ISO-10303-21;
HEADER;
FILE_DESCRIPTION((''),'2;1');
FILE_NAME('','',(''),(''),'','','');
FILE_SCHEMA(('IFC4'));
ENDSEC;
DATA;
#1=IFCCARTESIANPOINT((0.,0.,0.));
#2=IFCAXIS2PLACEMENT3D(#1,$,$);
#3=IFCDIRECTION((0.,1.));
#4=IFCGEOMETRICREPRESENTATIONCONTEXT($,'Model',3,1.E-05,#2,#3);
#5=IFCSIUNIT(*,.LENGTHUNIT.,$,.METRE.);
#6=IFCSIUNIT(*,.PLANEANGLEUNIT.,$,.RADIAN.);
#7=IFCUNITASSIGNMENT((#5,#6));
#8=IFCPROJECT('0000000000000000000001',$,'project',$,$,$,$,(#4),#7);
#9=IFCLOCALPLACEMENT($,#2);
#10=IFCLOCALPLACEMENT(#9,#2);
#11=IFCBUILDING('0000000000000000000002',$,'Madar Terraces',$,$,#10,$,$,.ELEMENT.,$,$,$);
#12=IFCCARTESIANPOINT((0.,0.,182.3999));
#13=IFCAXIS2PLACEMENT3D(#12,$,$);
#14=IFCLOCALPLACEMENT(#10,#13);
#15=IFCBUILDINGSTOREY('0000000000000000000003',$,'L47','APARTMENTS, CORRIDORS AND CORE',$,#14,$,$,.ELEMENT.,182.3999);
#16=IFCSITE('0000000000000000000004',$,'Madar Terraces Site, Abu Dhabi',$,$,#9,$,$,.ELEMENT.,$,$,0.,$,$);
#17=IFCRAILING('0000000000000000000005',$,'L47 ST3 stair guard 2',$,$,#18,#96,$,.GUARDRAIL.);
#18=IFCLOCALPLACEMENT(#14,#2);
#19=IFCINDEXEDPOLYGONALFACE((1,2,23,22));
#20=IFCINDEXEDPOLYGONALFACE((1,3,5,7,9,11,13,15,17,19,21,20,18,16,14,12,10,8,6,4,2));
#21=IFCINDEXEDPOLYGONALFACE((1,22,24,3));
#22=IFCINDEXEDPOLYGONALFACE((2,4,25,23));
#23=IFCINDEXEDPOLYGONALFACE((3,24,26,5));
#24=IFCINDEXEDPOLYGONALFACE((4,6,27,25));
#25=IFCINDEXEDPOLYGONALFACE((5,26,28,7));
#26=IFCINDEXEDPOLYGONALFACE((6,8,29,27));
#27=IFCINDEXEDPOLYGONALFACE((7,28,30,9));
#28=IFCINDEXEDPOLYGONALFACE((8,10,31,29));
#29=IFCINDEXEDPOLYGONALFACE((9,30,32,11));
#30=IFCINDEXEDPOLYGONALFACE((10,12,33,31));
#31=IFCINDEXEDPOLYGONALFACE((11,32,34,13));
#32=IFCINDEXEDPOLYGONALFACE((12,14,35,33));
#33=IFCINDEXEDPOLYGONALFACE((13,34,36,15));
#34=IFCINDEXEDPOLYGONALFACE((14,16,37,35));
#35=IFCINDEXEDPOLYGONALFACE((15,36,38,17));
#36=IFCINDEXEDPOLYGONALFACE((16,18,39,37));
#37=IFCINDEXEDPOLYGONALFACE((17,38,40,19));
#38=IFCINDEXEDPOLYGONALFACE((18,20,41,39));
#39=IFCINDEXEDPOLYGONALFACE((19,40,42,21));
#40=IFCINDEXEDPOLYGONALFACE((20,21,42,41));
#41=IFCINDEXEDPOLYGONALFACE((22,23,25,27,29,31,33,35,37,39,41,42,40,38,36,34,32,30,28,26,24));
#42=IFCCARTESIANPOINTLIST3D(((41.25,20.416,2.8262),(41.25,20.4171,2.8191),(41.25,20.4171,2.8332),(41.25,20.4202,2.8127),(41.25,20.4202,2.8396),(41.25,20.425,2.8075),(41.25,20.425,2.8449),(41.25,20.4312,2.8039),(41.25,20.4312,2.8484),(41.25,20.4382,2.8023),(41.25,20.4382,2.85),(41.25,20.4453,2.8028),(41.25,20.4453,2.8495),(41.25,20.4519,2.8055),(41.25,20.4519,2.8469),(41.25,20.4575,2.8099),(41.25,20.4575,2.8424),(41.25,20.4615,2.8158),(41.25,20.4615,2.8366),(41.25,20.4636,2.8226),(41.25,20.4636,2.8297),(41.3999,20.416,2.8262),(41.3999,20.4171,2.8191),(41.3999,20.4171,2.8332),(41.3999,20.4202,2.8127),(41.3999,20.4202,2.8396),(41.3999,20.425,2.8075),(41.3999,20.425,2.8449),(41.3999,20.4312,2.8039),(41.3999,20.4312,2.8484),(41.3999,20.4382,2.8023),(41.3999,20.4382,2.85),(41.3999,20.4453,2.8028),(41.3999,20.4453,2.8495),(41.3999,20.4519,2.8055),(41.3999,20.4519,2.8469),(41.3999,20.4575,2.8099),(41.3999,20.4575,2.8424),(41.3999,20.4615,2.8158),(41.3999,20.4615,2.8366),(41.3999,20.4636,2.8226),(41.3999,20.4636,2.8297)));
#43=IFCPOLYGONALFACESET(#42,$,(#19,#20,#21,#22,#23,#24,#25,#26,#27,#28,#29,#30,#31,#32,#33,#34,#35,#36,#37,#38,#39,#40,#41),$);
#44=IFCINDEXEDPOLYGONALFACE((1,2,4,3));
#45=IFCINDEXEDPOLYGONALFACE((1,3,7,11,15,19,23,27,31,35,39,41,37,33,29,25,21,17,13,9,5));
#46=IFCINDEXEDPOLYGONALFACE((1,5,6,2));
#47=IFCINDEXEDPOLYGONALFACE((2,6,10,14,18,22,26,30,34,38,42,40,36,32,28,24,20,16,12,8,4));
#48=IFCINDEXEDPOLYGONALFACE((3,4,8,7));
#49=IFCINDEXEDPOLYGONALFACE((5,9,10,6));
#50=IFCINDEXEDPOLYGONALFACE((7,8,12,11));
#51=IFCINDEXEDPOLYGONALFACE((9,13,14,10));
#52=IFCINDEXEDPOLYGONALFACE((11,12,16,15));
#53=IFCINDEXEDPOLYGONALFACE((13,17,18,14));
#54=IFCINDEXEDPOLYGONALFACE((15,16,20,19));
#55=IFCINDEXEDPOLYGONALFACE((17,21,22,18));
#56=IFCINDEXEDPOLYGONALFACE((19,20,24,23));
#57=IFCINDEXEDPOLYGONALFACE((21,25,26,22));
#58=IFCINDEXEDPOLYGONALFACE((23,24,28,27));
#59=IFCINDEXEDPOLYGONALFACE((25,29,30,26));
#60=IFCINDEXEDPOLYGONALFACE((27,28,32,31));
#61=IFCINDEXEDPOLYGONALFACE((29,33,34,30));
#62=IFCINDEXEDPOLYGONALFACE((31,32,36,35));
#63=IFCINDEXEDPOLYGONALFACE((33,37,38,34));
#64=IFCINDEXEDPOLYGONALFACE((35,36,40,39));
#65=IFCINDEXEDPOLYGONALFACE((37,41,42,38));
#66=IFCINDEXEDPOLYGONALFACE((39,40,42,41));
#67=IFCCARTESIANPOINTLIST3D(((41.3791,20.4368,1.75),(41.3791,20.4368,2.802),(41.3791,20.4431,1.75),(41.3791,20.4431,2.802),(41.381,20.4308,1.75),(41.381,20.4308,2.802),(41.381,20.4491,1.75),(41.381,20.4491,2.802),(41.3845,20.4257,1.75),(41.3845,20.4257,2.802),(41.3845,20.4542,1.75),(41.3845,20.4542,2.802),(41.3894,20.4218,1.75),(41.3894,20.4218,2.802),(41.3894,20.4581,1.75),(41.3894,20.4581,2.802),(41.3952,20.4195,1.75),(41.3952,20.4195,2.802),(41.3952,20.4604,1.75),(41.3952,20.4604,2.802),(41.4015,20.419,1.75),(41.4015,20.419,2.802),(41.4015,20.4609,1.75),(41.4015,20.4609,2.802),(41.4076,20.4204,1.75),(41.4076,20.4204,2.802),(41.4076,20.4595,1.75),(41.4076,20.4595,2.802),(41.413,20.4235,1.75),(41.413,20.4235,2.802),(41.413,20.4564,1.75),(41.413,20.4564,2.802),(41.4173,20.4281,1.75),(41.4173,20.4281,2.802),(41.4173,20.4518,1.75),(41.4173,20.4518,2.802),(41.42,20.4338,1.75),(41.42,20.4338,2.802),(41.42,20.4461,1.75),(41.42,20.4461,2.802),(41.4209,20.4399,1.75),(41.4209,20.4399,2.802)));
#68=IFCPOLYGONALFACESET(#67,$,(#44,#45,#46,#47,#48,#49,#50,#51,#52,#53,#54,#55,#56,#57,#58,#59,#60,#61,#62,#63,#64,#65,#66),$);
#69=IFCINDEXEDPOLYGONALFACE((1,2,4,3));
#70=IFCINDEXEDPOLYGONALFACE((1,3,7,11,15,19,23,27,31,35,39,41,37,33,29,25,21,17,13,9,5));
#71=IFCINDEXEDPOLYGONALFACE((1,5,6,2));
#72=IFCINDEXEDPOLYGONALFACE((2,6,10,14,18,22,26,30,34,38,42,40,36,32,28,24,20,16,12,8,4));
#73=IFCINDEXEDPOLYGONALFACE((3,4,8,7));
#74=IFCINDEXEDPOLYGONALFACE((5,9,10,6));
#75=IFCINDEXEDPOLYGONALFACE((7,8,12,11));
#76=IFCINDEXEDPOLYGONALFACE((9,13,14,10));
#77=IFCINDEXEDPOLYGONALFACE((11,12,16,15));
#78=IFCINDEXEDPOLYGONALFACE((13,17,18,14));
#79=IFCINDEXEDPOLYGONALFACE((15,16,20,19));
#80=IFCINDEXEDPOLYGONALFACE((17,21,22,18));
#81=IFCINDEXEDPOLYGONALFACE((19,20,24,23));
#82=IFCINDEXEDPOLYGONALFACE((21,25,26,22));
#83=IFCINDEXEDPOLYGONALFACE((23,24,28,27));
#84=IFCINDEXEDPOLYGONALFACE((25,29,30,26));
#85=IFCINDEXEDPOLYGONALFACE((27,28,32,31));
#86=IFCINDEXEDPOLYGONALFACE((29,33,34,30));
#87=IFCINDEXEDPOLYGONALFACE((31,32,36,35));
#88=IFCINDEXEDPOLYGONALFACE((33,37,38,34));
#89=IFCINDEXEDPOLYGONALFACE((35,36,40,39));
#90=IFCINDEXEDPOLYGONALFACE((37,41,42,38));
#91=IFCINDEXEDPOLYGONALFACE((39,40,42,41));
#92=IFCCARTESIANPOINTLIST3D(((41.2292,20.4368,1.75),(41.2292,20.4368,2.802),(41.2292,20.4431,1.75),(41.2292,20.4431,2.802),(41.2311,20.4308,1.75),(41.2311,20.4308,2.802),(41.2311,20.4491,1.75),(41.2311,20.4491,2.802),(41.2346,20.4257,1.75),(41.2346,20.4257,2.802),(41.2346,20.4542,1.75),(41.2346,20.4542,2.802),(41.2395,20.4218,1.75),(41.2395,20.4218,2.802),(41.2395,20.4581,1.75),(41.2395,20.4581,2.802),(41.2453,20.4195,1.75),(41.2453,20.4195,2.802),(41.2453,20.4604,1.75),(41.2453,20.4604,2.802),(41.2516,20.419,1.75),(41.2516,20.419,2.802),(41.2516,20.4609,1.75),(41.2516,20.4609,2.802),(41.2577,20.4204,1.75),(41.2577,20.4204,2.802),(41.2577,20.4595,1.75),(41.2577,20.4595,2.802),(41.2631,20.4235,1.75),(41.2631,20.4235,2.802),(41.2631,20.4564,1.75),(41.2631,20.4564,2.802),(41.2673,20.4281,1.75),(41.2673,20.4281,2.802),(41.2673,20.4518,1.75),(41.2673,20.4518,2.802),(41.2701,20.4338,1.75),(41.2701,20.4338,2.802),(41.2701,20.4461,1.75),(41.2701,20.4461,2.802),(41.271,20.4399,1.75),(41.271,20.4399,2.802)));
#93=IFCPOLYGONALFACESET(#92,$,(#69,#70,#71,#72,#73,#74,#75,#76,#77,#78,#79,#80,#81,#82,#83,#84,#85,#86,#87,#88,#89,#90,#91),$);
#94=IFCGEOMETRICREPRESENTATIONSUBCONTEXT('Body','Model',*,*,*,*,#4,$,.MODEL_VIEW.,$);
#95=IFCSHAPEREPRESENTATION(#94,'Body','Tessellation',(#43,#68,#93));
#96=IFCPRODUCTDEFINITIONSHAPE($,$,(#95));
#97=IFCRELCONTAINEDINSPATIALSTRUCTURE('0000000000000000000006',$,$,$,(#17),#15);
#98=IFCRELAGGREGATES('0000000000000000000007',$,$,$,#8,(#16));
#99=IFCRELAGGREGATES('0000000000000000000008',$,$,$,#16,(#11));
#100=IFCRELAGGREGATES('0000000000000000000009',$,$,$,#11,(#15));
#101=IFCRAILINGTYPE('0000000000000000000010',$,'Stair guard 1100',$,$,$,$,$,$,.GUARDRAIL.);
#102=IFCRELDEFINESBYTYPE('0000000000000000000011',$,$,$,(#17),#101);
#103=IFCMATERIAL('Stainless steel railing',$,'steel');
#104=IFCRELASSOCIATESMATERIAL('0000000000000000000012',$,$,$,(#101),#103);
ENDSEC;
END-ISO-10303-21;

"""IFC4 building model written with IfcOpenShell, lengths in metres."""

from ifc_helpers import new_model, si_unit, direction, frame, origin, origin_2d, place, context, subcontext, project, spatial, circle, extrude, material, type_object, element, save


model = new_model("IFC4")

# Units and contexts
model_context = context("Model", 3, precision=1e-05, world=origin(), true_north=direction((0.0, 1.0)))
body_context = subcontext(model_context, "Body", "Model", "MODEL_VIEW")
ifc_project = project(units=[si_unit("LENGTHUNIT", "METRE"), si_unit("PLANEANGLEUNIT", "RADIAN")], contexts=[model_context])

# Site, building, storey
site_placement = place(None, origin())
site = spatial("IfcSite", under=ifc_project, at=site_placement, Name="Madar Terraces Site, Abu Dhabi", CompositionType="ELEMENT", RefElevation=0.0)
building_placement = place(site_placement, origin())
building = spatial("IfcBuilding", under=site, at=building_placement, Name="Madar Terraces", CompositionType="ELEMENT")
storey_placement = place(building_placement, frame((0.0, 0.0, 182.3999)))
storey = spatial("IfcBuildingStorey", under=building, at=storey_placement, Name="L47", Description="APARTMENTS, CORRIDORS AND CORE", CompositionType="ELEMENT", Elevation=182.3999)

# Railing
ifc_material_1 = material(Name="Stainless steel railing", Category="steel")
railing_type_1 = type_object("IfcRailingType", Name="Stair guard 1100", PredefinedType="GUARDRAIL", material=ifc_material_1)
railing_1_placement = place(storey_placement, frame((41.3999, 20.4399, 1.75)))
element("IfcRailing", 1, at=railing_1_placement, inside=storey, type_object=railing_type_1, Name="L47 ST3 stair guard 2", PredefinedType="GUARDRAIL", context=body_context, shape_type="SweptSolid", body=[
    extrude(circle(Radius=0.0239, at=origin_2d()), frame((0.0, 0.0, 1.0762), z_axis=(-1.0, 0.0, 0.0), x_axis=(0.0, -1.0, 0.0)), (0.0, 0.0, 1.0), 0.1499),
    extrude(circle(Radius=0.021, at=origin_2d()), origin(), (0.0, 0.0, 1.0), 1.052),
    extrude(circle(Radius=0.021, at=origin_2d()), frame((-0.1499, 0.0, 0.0)), (0.0, 0.0, 1.0), 1.052),
])

save(model, "model.ifc")
